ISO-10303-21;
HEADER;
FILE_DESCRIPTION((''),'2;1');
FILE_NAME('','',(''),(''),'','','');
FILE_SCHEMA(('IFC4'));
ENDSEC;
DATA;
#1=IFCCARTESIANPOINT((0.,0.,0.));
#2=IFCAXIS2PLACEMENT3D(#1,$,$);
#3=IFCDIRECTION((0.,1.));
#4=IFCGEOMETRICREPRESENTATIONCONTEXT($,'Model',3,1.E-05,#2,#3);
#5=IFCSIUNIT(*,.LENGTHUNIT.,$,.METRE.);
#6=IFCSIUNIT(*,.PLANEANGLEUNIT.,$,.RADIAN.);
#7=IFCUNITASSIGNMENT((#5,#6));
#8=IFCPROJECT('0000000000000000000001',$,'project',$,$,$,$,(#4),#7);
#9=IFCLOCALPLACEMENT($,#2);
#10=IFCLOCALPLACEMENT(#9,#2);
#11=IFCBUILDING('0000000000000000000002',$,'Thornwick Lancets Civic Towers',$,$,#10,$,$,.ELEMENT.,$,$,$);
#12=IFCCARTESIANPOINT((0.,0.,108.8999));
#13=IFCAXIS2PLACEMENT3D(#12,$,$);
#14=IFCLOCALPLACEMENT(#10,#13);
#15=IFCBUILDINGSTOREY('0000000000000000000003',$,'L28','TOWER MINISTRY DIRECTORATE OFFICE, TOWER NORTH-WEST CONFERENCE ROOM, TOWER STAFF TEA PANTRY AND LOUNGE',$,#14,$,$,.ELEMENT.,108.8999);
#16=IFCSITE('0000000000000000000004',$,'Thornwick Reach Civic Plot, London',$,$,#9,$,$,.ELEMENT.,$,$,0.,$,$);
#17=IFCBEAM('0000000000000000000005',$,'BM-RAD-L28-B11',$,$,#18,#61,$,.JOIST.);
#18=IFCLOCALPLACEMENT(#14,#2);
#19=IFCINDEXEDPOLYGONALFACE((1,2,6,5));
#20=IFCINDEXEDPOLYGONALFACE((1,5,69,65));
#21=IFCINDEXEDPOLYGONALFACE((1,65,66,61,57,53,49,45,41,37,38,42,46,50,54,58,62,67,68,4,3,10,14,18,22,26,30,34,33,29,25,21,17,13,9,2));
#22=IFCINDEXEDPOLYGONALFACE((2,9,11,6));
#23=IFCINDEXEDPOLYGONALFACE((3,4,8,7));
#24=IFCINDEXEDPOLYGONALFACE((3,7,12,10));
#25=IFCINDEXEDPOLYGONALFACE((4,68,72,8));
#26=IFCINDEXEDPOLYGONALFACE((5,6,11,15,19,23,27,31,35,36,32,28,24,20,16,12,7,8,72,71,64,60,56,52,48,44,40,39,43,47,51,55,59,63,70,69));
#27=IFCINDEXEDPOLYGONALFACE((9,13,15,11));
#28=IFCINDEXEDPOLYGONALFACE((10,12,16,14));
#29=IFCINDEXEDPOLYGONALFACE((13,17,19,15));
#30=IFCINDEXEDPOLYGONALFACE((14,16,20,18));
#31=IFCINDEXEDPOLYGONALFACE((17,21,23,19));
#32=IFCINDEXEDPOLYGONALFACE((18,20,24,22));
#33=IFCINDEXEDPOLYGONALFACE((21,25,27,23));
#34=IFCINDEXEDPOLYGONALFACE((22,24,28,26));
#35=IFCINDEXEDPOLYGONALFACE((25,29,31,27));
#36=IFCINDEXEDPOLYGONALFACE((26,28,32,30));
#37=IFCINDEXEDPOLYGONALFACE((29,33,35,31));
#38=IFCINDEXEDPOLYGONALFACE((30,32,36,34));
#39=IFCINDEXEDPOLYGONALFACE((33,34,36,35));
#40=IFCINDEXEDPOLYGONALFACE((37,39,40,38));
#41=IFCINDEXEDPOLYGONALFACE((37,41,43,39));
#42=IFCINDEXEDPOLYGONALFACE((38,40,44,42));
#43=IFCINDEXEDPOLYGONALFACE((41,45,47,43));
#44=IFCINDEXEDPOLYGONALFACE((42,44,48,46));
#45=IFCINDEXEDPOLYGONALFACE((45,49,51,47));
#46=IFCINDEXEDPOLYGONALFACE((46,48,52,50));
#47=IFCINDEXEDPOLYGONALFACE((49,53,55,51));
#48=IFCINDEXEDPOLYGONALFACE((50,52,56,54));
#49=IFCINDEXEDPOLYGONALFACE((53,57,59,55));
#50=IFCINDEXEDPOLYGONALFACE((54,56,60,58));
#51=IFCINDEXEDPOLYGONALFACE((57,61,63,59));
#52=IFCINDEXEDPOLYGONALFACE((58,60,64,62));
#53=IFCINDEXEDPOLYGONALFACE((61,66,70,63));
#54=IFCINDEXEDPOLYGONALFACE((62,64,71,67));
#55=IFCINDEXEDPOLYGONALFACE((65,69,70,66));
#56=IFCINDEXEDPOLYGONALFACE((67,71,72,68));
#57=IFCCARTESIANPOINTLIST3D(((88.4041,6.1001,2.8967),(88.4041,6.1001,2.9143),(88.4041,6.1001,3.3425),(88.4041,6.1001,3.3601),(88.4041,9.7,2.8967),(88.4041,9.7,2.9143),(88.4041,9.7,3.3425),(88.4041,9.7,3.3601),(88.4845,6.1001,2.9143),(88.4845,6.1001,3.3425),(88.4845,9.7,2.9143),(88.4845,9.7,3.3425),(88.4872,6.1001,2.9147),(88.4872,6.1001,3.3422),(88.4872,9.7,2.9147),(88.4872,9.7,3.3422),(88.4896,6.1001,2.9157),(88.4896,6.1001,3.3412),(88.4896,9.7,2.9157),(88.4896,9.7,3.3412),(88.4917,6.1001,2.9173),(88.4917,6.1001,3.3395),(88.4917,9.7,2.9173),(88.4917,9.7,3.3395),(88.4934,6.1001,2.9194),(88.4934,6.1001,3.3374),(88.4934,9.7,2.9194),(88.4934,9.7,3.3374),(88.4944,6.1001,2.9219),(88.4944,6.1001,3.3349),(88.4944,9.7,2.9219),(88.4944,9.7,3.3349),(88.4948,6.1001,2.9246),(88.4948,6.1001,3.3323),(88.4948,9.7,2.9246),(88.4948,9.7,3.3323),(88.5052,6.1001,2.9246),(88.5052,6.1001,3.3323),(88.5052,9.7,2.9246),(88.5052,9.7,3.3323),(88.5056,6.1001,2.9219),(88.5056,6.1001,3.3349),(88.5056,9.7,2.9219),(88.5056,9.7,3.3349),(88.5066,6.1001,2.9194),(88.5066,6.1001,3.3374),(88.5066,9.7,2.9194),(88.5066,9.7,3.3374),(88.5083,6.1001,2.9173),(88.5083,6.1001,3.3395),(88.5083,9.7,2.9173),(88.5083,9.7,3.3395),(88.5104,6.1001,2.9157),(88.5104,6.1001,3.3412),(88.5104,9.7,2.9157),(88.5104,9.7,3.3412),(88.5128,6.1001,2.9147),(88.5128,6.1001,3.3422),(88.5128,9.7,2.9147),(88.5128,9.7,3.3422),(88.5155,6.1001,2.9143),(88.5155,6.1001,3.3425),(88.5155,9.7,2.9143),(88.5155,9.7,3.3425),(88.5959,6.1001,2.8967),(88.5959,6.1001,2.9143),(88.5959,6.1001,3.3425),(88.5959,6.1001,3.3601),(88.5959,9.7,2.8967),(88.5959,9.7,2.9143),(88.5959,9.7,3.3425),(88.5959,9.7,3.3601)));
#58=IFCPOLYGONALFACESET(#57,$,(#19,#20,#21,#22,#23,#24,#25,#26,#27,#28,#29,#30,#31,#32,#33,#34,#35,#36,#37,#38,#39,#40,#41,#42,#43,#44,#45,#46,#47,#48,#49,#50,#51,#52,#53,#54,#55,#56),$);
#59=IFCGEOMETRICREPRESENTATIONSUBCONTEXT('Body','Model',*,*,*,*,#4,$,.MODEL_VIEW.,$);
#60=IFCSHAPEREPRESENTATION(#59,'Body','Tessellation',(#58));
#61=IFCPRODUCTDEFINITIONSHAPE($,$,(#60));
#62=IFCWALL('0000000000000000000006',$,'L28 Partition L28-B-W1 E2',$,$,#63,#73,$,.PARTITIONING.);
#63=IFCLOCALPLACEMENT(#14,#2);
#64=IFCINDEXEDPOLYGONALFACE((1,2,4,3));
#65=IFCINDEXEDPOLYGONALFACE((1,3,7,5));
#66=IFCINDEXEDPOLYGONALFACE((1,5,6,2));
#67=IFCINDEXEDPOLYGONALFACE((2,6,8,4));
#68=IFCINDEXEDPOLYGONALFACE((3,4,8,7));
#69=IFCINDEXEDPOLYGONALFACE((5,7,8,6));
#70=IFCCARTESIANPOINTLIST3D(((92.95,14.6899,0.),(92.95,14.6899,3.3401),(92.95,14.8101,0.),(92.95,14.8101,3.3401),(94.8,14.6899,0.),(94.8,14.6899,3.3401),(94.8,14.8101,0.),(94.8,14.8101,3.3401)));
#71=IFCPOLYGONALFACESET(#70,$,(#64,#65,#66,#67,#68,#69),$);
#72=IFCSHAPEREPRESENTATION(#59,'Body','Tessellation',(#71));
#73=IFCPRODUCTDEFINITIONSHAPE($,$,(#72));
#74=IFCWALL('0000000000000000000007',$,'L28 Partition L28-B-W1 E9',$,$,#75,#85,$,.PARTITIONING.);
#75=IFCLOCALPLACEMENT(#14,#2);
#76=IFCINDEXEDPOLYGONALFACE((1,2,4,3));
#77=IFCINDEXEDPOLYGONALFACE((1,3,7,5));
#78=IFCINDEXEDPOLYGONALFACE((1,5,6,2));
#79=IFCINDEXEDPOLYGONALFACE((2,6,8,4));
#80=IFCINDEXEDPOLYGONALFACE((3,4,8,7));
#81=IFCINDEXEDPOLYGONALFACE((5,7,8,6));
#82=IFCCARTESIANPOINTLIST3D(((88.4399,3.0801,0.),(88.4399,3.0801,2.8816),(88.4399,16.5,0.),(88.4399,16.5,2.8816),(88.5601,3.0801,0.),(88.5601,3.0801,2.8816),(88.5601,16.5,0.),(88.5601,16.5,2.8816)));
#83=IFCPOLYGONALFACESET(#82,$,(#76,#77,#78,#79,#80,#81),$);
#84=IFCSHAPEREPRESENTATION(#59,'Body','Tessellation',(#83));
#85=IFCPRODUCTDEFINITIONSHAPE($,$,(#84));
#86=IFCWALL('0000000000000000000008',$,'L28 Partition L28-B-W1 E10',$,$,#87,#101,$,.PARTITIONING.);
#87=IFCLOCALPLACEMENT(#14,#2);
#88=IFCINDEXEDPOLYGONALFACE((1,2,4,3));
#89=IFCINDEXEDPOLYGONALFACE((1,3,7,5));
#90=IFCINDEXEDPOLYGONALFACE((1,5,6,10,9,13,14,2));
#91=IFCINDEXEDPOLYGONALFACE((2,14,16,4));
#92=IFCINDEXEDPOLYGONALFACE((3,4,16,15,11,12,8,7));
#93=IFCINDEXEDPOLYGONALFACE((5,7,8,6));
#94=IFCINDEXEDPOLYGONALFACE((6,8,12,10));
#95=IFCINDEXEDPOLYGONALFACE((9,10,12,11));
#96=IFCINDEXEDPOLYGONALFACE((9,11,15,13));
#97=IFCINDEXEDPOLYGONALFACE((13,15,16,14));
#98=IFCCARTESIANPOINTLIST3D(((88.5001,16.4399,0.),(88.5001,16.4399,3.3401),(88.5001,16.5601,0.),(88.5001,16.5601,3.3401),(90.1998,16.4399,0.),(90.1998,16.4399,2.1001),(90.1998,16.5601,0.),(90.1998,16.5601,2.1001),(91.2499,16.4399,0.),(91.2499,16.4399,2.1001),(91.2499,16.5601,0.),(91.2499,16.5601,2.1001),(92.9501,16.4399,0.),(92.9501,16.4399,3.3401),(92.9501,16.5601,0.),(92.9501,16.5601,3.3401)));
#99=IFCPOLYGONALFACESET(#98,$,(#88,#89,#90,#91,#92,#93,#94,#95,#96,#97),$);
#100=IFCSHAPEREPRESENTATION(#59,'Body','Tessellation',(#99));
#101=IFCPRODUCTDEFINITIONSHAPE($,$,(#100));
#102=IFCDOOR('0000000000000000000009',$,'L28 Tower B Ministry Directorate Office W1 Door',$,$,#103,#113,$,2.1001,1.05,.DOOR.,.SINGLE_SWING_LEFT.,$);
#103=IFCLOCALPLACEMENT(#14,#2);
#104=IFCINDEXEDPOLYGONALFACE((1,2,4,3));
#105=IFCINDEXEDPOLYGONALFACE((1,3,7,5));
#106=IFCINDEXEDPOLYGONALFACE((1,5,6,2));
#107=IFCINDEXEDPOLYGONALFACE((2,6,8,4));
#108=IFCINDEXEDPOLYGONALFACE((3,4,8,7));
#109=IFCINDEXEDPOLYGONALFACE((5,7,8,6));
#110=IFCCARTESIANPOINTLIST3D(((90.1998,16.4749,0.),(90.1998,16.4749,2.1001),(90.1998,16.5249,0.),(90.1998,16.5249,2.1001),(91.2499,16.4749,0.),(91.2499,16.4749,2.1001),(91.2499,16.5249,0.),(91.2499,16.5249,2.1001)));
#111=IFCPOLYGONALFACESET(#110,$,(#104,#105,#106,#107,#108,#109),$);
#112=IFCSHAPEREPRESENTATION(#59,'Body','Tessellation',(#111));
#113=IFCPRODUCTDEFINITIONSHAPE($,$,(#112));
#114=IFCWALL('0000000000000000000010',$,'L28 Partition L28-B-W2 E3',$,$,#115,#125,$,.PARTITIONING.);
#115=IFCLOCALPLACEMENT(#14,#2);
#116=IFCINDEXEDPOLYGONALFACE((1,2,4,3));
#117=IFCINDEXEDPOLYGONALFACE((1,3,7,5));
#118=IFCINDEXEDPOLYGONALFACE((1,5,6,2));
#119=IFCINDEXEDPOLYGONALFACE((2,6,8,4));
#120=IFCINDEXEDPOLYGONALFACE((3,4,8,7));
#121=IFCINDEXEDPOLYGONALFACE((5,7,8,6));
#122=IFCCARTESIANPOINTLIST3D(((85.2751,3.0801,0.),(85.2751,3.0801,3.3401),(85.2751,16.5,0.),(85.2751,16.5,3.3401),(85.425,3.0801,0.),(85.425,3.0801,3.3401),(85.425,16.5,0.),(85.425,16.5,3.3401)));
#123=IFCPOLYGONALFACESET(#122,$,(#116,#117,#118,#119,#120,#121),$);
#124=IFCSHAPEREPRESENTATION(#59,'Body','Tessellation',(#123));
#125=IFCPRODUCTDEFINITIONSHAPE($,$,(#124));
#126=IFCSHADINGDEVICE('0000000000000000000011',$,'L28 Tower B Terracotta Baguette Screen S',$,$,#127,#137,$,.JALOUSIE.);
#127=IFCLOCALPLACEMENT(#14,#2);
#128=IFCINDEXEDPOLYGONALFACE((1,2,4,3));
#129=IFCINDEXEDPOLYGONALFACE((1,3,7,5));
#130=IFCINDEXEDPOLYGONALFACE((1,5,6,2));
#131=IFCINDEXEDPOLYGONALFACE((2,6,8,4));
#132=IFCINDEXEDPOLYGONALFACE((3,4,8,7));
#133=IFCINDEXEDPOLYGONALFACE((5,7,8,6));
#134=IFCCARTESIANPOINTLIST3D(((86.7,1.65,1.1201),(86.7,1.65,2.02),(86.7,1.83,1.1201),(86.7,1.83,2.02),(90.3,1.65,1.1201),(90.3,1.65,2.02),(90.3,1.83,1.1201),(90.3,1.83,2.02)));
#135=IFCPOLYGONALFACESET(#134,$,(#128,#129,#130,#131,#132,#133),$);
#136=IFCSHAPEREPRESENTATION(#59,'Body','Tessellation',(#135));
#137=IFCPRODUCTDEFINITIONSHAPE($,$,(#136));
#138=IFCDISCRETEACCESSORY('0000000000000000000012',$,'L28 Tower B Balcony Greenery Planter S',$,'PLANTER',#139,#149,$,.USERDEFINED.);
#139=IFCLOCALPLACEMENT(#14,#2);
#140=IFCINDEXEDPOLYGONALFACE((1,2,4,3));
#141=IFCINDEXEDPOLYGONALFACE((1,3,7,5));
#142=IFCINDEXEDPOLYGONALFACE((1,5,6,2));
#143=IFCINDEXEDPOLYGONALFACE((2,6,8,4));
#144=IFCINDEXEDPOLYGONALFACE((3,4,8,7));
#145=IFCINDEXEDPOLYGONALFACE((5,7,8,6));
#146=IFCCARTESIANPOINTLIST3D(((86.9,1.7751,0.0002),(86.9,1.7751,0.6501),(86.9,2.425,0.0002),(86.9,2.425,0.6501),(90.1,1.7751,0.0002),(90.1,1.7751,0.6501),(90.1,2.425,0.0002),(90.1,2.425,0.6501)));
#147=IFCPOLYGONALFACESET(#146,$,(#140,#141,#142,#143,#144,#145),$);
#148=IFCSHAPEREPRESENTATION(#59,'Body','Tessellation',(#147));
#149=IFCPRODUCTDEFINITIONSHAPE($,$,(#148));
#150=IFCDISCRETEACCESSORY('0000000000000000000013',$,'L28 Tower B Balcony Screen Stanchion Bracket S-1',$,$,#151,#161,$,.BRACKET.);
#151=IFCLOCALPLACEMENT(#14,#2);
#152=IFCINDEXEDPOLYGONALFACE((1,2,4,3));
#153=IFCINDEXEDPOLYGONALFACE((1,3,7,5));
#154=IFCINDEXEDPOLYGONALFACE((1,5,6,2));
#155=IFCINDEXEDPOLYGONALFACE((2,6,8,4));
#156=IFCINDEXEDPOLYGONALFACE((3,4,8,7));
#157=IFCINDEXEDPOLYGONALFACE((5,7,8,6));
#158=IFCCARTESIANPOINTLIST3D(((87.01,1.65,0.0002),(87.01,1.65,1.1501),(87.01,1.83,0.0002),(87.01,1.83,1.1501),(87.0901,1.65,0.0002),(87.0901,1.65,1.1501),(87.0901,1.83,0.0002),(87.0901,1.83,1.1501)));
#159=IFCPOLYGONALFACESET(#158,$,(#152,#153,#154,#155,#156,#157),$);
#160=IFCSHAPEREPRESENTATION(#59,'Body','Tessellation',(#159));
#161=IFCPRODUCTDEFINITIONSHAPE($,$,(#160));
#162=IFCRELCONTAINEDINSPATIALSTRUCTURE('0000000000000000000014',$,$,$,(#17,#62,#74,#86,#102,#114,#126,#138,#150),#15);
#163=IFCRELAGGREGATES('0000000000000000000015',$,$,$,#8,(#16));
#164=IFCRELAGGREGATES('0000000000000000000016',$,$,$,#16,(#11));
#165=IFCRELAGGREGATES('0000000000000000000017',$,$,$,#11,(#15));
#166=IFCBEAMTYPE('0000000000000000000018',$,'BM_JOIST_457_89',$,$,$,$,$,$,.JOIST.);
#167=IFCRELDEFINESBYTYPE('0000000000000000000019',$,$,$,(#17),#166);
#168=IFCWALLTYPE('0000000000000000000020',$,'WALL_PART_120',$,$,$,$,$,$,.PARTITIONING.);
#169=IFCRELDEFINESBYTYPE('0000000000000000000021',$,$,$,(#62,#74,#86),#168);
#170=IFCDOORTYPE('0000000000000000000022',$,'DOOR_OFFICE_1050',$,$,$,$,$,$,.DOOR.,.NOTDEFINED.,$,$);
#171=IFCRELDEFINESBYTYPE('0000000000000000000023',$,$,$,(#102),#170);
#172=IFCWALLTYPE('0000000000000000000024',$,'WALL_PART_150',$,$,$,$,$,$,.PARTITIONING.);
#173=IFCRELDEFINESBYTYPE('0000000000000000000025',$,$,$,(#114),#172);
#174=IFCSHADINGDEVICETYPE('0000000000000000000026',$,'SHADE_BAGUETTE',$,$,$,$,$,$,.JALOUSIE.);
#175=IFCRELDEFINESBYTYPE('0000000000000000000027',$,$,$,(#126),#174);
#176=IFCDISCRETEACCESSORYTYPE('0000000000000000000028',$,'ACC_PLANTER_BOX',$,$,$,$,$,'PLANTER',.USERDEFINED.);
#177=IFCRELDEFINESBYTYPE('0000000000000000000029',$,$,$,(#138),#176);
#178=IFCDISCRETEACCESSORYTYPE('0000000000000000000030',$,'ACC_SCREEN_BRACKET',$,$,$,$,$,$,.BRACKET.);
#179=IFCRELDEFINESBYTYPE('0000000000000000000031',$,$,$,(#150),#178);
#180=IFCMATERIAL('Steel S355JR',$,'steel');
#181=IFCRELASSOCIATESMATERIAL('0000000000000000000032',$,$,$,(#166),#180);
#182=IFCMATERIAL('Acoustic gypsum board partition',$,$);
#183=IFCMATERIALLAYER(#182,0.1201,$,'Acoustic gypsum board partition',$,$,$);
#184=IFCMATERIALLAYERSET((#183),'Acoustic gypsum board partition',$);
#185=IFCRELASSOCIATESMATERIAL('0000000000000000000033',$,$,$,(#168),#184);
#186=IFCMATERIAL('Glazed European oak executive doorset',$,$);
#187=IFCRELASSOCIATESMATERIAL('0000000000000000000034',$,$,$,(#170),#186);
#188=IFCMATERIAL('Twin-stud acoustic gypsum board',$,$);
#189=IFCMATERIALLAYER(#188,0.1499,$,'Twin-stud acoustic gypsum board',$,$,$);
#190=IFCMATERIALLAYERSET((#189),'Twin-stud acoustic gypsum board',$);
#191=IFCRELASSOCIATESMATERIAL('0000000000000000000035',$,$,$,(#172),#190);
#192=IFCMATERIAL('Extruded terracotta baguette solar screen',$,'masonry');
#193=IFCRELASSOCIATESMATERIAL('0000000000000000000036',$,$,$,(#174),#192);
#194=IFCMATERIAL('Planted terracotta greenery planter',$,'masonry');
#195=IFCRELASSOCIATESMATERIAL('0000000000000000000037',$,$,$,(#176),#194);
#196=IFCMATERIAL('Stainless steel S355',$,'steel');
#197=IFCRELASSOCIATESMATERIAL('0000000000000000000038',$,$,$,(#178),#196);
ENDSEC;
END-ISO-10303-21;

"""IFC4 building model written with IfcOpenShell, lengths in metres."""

from ifc_helpers import new_model, si_unit, direction, frame, frame_2d, origin, origin_2d, place, context, subcontext, project, spatial, rectangle, i_section, extrude, material, layer, layer_set, material_profile, profile_set, type_object, element, fill, save


model = new_model("IFC4")

# Units and contexts
model_context = context("Model", 3, precision=1e-05, world=origin(), true_north=direction((0.0, 1.0)))
body_context = subcontext(model_context, "Body", "Model", "MODEL_VIEW")
ifc_project = project(units=[si_unit("LENGTHUNIT", "METRE"), si_unit("PLANEANGLEUNIT", "RADIAN")], contexts=[model_context])

# Site, building, storey
site_placement = place(None, origin())
site = spatial("IfcSite", under=ifc_project, at=site_placement, Name="Thornwick Reach Civic Plot, London", CompositionType="ELEMENT", RefElevation=0.0)
building_placement = place(site_placement, origin())
building = spatial("IfcBuilding", under=site, at=building_placement, Name="Thornwick Lancets Civic Towers", CompositionType="ELEMENT")
storey_placement = place(building_placement, frame((0.0, 0.0, 108.8999)))
storey = spatial("IfcBuildingStorey", under=building, at=storey_placement, Name="L28", Description="TOWER MINISTRY DIRECTORATE OFFICE, TOWER NORTH-WEST CONFERENCE ROOM, TOWER STAFF TEA PANTRY AND LOUNGE", CompositionType="ELEMENT", Elevation=108.8999)

# Beam
ifc_material_1 = material(Name="Steel S355JR", Category="steel")
ifc_material_profile_1 = material_profile(ifc_material_1, i_section(OverallWidth=0.1919, OverallDepth=0.4634, WebThickness=0.0105, FlangeThickness=0.0176, FilletRadius=0.0103, at=origin_2d()), Name="UKB 457x191x89")
ifc_profile_set_1 = profile_set([ifc_material_profile_1], Name="Steel S355JR")
beam_type_1 = type_object("IfcBeamType", Name="BM_JOIST_457_89", PredefinedType="JOIST", material=ifc_profile_set_1)
beam_1_placement = place(storey_placement, frame((88.5, 9.7, 3.1284), z_axis=(0.0, -1.0, 0.0), x_axis=(1.0, 0.0, 0.0)))
element("IfcBeam", 1, at=beam_1_placement, inside=storey, type_object=beam_type_1, Name="BM-RAD-L28-B11", PredefinedType="JOIST", context=body_context, shape_type="SweptSolid", body=[
    extrude(i_section(OverallWidth=0.1919, OverallDepth=0.4634, WebThickness=0.0105, FlangeThickness=0.0176, FilletRadius=0.0103, at=origin_2d()), origin(), (0.0, 0.0, 1.0), 3.5999),
])

# Walls
ifc_material_2 = material(Name="Acoustic gypsum board partition")
ifc_layer_1 = layer(ifc_material_2, 0.1201, Name="Acoustic gypsum board partition")
ifc_layer_set_1 = layer_set([ifc_layer_1], Name="Acoustic gypsum board partition")
wall_type_1 = type_object("IfcWallType", Name="WALL_PART_120", PredefinedType="PARTITIONING", material=ifc_layer_set_1)
wall_1_placement = place(storey_placement, frame((92.95, 14.75, 0.0), z_axis=(0.0, 0.0, 1.0), x_axis=(1.0, 0.0, 0.0)))
element("IfcWall", 2, at=wall_1_placement, inside=storey, type_object=wall_type_1, Name="L28 Partition L28-B-W1 E2", PredefinedType="PARTITIONING", context=body_context, shape_type="SweptSolid", body=[
    extrude(rectangle(XDim=1.8501, YDim=0.1201, at=frame_2d((0.925, 0.0))), origin(), (0.0, 0.0, 1.0), 3.3401),
])
wall_2_placement = place(storey_placement, frame((88.5, 3.0801, 0.0), z_axis=(0.0, 0.0, 1.0), x_axis=(0.0, 1.0, 0.0)))
element("IfcWall", 3, at=wall_2_placement, inside=storey, type_object=wall_type_1, Name="L28 Partition L28-B-W1 E9", PredefinedType="PARTITIONING", context=body_context, shape_type="SweptSolid", body=[
    extrude(rectangle(XDim=13.4199, YDim=0.1201, at=frame_2d((6.71, 0.0))), origin(), (0.0, 0.0, 1.0), 2.8816),
])

# Wall, opening, door
wall_3_placement = place(storey_placement, frame((88.5, 16.5, 0.0), z_axis=(0.0, 0.0, 1.0), x_axis=(1.0, 0.0, 0.0)))
wall_3 = element("IfcWall", 4, at=wall_3_placement, inside=storey, type_object=wall_type_1, Name="L28 Partition L28-B-W1 E10", PredefinedType="PARTITIONING", context=body_context, shape_type="SweptSolid", body=[
    extrude(rectangle(XDim=4.45, YDim=0.1201, at=frame_2d((2.2251, 0.0))), origin(), (0.0, 0.0, 1.0), 3.3401),
])
opening_1_placement = place(wall_3_placement, frame((1.7, 0.0, 0.0)))
opening_1 = element("IfcOpeningElement", 5, at=opening_1_placement, cuts=wall_3, PredefinedType="OPENING", context=body_context, shape_type="SweptSolid", body=[
    extrude(rectangle(XDim=1.05, YDim=2.1001, at=frame_2d((0.5249, 1.05))), frame((0.0, 0.0701, 0.0), z_axis=(0.0, -1.0, 0.0), x_axis=(1.0, 0.0, 0.0)), (0.0, 0.0, 1.0), 0.1401),
])
ifc_material_3 = material(Name="Glazed European oak executive doorset")
door_type_1 = type_object("IfcDoorType", Name="DOOR_OFFICE_1050", OperationType="NOTDEFINED", PredefinedType="DOOR", material=ifc_material_3)
door_1_placement = place(opening_1_placement, origin())
door_1 = element("IfcDoor", 6, at=door_1_placement, inside=storey, type_object=door_type_1, Name="L28 Tower B Ministry Directorate Office W1 Door", OperationType="SINGLE_SWING_LEFT", OverallHeight=2.1001, OverallWidth=1.05, PredefinedType="DOOR", context=body_context, shape_type="SweptSolid", body=[
    extrude(rectangle(XDim=1.05, YDim=2.1001, at=frame_2d((0.5249, 1.05))), frame((0.0, 0.0249, 0.0), z_axis=(0.0, -1.0, 0.0), x_axis=(1.0, 0.0, 0.0)), (0.0, 0.0, 1.0), 0.05),
])
fill(opening_1, door_1)

# Wall
ifc_material_4 = material(Name="Twin-stud acoustic gypsum board")
ifc_layer_2 = layer(ifc_material_4, 0.1499, Name="Twin-stud acoustic gypsum board")
ifc_layer_set_2 = layer_set([ifc_layer_2], Name="Twin-stud acoustic gypsum board")
wall_type_2 = type_object("IfcWallType", Name="WALL_PART_150", PredefinedType="PARTITIONING", material=ifc_layer_set_2)
wall_4_placement = place(storey_placement, frame((85.3501, 3.0801, 0.0), z_axis=(0.0, 0.0, 1.0), x_axis=(0.0, 1.0, 0.0)))
element("IfcWall", 7, at=wall_4_placement, inside=storey, type_object=wall_type_2, Name="L28 Partition L28-B-W2 E3", PredefinedType="PARTITIONING", context=body_context, shape_type="SweptSolid", body=[
    extrude(rectangle(XDim=13.4199, YDim=0.1499, at=frame_2d((6.71, 0.0))), origin(), (0.0, 0.0, 1.0), 3.3401),
])

# Shading device
ifc_material_5 = material(Name="Extruded terracotta baguette solar screen", Category="masonry")
shading_device_type = type_object("IfcShadingDeviceType", Name="SHADE_BAGUETTE", PredefinedType="JALOUSIE", material=ifc_material_5)
shading_device_placement = place(storey_placement, frame((88.5, 1.74, 1.1201), z_axis=(0.0, 0.0, 1.0), x_axis=(1.0, 0.0, 0.0)))
element("IfcShadingDevice", 8, at=shading_device_placement, inside=storey, type_object=shading_device_type, Name="L28 Tower B Terracotta Baguette Screen S", PredefinedType="JALOUSIE", context=body_context, shape_type="SweptSolid", body=[
    extrude(rectangle(XDim=3.6001, YDim=0.1799, at=origin_2d()), origin(), (0.0, 0.0, 1.0), 0.8999),
])

# Discrete accessories
ifc_material_6 = material(Name="Planted terracotta greenery planter", Category="masonry")
discrete_accessory_type_1 = type_object("IfcDiscreteAccessoryType", Name="ACC_PLANTER_BOX", ElementType="PLANTER", PredefinedType="USERDEFINED", material=ifc_material_6)
discrete_accessory_1_placement = place(storey_placement, frame((88.5, 2.1001, 0.0002), z_axis=(0.0, 0.0, 1.0), x_axis=(1.0, 0.0, 0.0)))
element("IfcDiscreteAccessory", 9, at=discrete_accessory_1_placement, inside=storey, type_object=discrete_accessory_type_1, Name="L28 Tower B Balcony Greenery Planter S", ObjectType="PLANTER", PredefinedType="USERDEFINED", context=body_context, shape_type="SweptSolid", body=[
    extrude(rectangle(XDim=3.2, YDim=0.6499, at=origin_2d()), origin(), (0.0, 0.0, 1.0), 0.6499),
])
ifc_material_7 = material(Name="Stainless steel S355", Category="steel")
discrete_accessory_type_2 = type_object("IfcDiscreteAccessoryType", Name="ACC_SCREEN_BRACKET", PredefinedType="BRACKET", material=ifc_material_7)
discrete_accessory_2_placement = place(storey_placement, frame((87.05, 1.74, 0.0002), z_axis=(0.0, 0.0, 1.0), x_axis=(1.0, 0.0, 0.0)))
element("IfcDiscreteAccessory", 10, at=discrete_accessory_2_placement, inside=storey, type_object=discrete_accessory_type_2, Name="L28 Tower B Balcony Screen Stanchion Bracket S-1", PredefinedType="BRACKET", context=body_context, shape_type="SweptSolid", body=[
    extrude(rectangle(XDim=0.0801, YDim=0.1799, at=origin_2d()), origin(), (0.0, 0.0, 1.0), 1.1499),
])

save(model, "model.ifc")
